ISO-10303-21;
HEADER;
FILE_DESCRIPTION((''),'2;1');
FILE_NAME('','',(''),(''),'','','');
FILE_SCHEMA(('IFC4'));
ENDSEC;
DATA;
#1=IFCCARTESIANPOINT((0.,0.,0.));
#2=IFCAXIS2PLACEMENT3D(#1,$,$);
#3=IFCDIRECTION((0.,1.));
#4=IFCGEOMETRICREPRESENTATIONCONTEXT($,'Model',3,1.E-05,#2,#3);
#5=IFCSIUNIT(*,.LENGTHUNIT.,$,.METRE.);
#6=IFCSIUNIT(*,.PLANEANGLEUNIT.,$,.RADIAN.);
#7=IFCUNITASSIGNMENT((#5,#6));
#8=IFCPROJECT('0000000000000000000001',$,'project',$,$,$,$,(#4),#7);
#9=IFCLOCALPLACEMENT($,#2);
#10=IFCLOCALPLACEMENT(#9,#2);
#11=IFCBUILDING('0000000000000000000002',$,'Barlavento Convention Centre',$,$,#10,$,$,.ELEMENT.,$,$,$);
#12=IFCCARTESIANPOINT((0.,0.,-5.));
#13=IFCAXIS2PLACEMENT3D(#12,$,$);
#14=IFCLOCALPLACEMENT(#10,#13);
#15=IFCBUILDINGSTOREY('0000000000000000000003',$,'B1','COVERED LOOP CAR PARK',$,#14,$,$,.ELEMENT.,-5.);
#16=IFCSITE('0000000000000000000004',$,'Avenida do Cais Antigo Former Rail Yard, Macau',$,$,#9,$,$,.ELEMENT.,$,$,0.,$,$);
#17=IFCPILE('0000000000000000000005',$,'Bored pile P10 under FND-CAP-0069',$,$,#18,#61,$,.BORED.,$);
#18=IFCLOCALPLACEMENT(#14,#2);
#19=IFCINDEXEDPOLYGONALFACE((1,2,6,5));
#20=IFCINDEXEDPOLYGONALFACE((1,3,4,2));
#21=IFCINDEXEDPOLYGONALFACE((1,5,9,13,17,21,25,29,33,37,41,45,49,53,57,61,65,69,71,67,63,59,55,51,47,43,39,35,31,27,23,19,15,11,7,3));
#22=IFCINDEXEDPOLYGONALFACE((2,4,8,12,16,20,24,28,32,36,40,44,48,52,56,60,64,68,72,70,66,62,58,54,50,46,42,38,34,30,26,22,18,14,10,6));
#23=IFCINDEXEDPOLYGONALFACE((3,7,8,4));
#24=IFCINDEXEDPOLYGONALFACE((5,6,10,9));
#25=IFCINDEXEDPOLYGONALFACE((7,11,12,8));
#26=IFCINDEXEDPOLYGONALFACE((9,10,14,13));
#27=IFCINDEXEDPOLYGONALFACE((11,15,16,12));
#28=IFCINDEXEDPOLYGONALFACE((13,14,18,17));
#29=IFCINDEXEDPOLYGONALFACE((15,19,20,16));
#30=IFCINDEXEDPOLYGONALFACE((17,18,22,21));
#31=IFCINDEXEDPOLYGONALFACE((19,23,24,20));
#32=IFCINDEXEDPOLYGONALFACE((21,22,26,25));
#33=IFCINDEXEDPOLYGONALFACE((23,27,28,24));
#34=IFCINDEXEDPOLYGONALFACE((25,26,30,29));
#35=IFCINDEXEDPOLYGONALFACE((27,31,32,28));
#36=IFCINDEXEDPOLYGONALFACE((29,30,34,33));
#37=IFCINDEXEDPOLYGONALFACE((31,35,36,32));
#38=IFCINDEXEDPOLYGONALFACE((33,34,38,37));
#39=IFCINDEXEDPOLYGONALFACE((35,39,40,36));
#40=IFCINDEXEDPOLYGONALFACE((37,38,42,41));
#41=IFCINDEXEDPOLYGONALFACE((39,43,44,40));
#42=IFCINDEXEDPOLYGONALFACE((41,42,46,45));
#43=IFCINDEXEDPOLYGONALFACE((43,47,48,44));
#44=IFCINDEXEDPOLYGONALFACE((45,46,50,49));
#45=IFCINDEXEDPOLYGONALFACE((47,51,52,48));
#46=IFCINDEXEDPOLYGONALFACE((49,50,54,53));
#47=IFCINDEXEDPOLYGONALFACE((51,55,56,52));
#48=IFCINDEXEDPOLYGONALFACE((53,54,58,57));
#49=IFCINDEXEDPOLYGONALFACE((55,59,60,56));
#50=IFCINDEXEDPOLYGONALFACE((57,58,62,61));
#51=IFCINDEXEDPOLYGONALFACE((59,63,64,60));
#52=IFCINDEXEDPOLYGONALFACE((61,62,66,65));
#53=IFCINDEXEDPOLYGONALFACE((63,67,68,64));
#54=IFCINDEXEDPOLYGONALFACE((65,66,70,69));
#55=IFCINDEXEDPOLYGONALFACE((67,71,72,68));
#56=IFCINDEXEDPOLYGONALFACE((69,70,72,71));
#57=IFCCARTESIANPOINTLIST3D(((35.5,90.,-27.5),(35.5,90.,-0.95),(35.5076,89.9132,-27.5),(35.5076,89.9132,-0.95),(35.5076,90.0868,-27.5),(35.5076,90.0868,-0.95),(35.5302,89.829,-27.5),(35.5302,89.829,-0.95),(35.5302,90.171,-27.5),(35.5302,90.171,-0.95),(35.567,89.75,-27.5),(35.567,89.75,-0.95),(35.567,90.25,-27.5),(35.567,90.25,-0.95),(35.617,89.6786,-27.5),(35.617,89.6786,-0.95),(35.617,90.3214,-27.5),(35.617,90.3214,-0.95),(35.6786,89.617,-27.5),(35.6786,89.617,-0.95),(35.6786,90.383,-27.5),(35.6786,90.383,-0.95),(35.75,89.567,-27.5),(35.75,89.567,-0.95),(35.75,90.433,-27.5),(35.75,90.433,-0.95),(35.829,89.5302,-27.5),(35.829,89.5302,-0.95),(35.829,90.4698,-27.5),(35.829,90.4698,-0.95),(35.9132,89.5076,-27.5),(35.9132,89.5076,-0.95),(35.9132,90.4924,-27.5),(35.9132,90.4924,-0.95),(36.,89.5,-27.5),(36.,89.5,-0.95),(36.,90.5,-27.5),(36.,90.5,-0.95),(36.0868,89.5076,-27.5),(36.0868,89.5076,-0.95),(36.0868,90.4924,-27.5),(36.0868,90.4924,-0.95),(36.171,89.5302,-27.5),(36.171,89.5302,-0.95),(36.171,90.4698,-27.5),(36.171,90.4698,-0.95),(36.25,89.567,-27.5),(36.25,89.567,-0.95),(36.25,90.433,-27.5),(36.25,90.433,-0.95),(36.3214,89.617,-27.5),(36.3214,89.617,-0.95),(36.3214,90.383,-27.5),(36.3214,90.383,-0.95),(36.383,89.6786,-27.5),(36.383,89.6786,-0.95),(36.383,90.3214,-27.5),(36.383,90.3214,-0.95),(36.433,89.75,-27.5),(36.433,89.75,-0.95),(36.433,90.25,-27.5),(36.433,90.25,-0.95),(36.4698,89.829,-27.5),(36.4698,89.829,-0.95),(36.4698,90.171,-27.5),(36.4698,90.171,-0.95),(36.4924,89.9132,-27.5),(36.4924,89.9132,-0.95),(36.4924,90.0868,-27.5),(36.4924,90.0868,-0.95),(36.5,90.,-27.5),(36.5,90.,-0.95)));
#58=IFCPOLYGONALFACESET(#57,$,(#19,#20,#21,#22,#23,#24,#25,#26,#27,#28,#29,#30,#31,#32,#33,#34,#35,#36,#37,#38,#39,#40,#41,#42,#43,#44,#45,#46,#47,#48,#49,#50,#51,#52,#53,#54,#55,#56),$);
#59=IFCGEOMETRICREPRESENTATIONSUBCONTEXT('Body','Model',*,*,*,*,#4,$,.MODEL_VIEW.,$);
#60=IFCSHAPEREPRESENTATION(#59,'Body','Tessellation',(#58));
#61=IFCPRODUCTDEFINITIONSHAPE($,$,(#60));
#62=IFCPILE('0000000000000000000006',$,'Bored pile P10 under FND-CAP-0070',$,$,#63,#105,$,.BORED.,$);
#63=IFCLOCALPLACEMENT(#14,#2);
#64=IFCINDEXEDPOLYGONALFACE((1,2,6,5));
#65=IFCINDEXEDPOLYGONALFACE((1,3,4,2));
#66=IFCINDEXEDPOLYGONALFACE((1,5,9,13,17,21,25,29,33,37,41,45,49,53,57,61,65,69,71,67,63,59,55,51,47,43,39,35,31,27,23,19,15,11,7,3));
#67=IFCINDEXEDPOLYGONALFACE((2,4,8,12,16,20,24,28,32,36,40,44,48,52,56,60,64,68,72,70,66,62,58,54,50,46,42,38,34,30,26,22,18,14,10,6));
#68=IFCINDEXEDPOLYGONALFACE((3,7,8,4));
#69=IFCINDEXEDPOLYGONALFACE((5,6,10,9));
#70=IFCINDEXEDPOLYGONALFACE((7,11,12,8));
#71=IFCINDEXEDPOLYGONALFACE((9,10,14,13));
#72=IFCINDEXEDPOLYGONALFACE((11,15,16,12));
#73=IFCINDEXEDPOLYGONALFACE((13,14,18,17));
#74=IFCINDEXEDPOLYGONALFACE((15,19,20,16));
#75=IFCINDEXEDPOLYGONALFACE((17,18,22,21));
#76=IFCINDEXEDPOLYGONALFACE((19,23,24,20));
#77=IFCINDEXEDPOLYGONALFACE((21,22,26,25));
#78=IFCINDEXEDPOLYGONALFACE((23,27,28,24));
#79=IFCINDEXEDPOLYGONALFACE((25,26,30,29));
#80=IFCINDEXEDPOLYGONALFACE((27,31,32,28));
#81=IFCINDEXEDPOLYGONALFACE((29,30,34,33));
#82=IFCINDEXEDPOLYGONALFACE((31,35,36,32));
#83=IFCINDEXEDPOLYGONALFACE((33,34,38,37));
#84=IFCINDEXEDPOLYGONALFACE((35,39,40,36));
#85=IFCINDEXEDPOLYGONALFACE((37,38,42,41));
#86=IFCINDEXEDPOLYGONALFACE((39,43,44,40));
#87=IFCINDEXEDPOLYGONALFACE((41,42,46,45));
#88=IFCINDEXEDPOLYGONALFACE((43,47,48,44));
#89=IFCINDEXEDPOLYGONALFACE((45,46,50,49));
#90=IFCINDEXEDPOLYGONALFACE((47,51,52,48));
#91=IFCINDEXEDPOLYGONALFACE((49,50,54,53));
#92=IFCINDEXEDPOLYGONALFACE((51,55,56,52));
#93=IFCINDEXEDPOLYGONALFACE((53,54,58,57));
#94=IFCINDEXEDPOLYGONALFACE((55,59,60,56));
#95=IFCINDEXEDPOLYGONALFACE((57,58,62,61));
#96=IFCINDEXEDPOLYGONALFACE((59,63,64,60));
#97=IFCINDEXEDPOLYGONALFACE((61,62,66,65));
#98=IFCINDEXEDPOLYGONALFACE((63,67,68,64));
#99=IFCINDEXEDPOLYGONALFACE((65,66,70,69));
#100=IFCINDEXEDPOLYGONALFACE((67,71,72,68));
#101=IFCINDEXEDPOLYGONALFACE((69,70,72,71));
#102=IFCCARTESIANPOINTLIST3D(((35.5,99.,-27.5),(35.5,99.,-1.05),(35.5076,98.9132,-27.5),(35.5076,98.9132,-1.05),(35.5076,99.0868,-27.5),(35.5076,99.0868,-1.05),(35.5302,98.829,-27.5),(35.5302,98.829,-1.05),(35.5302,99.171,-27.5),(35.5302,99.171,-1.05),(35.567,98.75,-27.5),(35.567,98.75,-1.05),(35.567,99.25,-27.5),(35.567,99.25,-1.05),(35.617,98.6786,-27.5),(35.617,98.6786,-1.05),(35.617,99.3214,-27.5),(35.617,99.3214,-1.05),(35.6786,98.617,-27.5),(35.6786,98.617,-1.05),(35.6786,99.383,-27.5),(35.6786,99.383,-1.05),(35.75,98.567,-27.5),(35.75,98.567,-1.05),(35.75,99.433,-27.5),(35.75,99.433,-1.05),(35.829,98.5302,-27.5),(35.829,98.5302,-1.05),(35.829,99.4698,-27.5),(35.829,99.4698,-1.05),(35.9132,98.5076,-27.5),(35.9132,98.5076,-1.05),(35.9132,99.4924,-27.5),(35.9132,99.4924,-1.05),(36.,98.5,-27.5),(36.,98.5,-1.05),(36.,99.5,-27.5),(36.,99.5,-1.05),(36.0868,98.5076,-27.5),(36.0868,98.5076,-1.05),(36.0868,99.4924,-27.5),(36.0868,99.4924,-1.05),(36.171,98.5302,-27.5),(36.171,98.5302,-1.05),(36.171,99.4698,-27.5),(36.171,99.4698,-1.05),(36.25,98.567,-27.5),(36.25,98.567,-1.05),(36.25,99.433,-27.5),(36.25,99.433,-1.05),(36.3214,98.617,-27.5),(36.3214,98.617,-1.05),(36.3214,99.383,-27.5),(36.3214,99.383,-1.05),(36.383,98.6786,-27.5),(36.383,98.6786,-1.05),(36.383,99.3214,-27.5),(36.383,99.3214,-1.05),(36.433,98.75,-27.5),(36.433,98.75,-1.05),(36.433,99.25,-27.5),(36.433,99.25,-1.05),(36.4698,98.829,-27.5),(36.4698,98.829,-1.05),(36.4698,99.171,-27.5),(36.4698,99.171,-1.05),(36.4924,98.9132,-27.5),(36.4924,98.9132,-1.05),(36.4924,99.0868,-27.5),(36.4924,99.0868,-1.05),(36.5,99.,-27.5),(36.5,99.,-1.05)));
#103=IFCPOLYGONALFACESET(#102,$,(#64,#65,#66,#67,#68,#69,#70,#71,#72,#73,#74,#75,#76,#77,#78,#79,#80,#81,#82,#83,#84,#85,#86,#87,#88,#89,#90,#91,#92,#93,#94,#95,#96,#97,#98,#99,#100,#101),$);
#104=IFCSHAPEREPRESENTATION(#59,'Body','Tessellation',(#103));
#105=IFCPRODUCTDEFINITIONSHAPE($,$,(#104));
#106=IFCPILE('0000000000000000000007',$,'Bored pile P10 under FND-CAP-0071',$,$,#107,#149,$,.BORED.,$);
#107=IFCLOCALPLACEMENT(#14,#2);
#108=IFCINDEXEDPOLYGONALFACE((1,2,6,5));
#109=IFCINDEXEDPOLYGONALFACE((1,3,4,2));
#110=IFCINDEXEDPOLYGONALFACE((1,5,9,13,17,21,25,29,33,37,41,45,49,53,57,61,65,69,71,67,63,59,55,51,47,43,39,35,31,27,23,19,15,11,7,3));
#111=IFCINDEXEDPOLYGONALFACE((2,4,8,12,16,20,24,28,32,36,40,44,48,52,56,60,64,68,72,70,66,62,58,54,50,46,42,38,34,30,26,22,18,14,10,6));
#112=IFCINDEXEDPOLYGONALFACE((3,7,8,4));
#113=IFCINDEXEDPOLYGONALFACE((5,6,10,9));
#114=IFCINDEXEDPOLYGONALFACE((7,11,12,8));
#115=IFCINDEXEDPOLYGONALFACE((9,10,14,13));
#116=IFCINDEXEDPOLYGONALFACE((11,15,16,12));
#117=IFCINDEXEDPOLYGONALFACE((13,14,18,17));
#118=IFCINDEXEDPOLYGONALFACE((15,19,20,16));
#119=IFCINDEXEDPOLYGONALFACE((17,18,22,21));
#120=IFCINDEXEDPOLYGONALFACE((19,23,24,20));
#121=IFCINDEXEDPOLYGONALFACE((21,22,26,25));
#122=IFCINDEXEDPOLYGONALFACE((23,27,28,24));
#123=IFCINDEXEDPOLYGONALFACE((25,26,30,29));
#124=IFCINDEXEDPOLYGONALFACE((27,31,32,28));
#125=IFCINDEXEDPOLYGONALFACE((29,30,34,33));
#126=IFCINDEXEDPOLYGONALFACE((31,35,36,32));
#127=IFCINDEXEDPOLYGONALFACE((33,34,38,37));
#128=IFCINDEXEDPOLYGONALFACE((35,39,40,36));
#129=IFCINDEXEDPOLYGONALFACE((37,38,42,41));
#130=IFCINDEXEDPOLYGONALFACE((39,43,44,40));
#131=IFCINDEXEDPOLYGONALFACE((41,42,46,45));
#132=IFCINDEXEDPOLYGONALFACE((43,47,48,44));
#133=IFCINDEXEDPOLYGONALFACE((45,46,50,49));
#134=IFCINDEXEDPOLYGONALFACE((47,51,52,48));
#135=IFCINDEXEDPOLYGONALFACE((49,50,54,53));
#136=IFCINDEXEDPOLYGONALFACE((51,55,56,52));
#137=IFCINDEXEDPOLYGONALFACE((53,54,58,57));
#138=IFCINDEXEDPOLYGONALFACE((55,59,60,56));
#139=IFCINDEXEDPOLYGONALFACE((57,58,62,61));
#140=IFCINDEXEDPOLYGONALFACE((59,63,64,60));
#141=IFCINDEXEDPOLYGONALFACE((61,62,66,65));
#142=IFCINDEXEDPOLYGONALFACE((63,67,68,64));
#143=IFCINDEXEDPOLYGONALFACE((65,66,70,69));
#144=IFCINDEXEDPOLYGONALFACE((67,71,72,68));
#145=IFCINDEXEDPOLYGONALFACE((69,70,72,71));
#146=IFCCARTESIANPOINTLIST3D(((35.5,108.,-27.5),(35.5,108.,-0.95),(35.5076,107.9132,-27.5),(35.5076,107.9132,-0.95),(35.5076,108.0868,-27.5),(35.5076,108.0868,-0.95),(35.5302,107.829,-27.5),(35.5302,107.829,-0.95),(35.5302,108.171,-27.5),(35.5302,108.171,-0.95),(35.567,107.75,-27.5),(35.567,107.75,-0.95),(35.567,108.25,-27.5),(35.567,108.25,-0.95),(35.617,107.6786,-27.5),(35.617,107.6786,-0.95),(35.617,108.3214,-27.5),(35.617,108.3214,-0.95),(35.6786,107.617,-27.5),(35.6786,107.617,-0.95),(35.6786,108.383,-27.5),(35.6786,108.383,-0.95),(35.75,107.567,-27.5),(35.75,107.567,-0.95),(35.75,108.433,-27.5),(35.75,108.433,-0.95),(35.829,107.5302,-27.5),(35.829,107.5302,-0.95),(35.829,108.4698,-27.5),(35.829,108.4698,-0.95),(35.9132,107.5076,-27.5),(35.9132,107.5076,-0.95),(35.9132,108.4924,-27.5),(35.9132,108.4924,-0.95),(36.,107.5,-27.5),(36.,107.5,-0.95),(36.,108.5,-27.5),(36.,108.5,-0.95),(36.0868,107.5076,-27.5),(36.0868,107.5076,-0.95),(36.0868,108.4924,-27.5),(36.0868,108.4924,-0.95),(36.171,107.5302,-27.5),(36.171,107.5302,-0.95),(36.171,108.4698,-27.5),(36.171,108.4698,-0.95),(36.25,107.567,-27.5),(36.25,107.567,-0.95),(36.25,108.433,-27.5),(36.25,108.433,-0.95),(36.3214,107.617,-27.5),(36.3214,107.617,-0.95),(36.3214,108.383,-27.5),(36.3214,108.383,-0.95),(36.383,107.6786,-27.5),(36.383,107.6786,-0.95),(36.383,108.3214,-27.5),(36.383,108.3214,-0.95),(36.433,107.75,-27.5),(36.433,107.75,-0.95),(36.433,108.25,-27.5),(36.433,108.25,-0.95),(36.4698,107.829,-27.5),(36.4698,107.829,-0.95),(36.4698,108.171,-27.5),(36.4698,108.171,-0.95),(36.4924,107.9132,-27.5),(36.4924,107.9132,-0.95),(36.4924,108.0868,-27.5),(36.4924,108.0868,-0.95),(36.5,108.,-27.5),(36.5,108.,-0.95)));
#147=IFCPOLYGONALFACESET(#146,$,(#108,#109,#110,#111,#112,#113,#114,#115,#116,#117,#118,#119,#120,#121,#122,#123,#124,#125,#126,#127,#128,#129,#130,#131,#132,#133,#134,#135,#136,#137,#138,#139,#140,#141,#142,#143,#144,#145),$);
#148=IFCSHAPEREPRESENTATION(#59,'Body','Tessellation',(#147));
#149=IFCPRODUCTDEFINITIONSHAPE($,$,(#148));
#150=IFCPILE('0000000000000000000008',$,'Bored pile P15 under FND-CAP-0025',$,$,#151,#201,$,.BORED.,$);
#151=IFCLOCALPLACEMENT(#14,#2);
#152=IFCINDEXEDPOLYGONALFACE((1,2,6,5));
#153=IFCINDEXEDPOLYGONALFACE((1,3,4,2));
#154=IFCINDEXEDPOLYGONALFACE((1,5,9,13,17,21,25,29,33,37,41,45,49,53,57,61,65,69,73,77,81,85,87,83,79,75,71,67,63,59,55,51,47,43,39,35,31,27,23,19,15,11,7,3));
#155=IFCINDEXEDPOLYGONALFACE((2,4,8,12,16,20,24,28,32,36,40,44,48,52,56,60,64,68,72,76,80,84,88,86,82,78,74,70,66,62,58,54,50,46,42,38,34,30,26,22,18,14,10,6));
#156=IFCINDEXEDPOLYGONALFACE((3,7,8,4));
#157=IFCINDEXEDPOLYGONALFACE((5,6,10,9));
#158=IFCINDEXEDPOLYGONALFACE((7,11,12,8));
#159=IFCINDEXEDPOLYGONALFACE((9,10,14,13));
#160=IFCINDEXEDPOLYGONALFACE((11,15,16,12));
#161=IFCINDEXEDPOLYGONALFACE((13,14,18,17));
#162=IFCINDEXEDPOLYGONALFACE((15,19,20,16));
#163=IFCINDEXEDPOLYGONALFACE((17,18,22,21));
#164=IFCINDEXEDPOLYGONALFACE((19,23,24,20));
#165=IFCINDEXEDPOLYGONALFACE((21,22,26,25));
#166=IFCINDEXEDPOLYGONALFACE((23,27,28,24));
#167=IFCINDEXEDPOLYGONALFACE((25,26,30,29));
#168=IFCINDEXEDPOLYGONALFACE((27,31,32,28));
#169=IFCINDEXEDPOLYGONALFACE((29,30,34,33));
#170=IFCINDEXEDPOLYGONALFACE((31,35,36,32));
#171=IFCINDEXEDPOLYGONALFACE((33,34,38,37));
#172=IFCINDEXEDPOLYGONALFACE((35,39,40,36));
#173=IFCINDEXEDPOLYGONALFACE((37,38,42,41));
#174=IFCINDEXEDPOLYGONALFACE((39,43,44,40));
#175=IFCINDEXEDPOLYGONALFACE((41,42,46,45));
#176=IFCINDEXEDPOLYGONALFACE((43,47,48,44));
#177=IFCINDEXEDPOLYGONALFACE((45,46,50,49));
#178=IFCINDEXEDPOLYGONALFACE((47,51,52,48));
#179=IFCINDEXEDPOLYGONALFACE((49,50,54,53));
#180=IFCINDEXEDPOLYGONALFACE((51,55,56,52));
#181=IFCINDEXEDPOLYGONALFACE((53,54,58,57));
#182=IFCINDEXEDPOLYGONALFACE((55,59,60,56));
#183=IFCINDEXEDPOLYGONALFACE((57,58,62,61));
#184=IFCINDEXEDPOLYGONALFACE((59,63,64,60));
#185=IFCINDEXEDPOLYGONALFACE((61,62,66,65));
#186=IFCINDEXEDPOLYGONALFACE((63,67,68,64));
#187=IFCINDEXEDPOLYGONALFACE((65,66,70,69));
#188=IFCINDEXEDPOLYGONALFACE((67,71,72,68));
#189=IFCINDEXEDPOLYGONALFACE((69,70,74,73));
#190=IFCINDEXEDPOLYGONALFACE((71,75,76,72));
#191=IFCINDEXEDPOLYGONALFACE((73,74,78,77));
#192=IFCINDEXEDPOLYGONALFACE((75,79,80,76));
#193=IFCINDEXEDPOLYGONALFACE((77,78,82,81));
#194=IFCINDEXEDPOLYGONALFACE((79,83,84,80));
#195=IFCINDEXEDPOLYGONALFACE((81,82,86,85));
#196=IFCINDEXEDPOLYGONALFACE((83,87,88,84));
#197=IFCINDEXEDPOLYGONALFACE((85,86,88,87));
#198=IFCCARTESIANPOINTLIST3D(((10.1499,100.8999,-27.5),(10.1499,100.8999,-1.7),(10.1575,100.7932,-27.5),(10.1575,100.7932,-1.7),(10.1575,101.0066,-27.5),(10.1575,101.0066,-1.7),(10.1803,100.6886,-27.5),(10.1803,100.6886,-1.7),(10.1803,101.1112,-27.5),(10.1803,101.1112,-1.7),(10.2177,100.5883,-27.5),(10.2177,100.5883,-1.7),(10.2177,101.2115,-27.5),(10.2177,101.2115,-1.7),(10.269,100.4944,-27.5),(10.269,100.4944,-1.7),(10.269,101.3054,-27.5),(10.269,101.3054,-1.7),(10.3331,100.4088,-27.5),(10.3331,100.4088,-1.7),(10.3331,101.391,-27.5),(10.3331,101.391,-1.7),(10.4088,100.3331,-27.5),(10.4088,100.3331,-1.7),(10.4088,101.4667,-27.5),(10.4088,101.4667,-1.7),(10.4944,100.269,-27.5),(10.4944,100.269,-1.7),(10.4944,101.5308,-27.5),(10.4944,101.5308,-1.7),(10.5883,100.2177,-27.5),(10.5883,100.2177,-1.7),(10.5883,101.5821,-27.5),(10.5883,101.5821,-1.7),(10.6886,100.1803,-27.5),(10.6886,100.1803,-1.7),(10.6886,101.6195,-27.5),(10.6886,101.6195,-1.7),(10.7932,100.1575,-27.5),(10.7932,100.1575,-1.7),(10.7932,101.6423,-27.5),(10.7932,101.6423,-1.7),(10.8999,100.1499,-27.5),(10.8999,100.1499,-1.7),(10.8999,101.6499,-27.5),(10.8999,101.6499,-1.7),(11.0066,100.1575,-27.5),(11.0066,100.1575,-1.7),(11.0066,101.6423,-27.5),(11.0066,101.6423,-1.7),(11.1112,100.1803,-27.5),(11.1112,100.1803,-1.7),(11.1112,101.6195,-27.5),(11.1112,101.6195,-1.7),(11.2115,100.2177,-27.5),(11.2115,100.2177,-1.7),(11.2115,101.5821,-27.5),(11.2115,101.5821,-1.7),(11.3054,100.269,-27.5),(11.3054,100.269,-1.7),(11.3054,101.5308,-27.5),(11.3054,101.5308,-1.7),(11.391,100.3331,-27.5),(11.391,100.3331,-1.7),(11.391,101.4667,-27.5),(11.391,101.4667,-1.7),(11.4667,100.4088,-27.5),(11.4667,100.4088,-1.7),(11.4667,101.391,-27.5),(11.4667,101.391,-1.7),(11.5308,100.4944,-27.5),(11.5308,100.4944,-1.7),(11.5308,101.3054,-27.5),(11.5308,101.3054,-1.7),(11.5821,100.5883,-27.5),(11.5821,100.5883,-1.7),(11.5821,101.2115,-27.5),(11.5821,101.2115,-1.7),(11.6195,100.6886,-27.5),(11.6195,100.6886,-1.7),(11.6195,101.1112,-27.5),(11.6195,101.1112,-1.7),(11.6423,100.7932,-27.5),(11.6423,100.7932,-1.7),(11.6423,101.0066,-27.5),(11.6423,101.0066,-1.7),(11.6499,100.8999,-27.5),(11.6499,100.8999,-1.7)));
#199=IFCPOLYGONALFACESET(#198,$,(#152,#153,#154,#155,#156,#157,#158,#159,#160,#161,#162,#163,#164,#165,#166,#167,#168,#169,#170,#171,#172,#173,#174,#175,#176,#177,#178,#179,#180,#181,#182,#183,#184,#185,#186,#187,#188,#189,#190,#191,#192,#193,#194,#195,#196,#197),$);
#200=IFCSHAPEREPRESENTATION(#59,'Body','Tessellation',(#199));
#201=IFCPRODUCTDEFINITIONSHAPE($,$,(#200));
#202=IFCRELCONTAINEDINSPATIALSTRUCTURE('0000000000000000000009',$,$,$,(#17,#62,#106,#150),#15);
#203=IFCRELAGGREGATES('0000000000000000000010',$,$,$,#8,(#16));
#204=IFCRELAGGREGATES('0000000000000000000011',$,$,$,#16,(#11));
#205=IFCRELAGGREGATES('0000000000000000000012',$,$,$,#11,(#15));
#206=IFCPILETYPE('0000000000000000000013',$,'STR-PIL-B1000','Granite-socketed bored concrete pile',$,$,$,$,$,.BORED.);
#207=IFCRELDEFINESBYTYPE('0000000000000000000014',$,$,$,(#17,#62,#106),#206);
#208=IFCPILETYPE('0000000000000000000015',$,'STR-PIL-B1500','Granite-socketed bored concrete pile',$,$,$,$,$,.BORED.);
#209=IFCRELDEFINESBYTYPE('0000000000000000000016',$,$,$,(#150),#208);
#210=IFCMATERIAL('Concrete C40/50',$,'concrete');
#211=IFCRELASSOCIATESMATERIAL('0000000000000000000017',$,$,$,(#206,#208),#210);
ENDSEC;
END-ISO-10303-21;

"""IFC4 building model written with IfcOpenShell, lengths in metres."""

from ifc_helpers import new_model, si_unit, direction, frame, origin, origin_2d, place, context, subcontext, project, spatial, circle, extrude, material, material_profile, profile_set, type_object, element, save


model = new_model("IFC4")

# Units and contexts
model_context = context("Model", 3, precision=1e-05, world=origin(), true_north=direction((0.0, 1.0)))
body_context = subcontext(model_context, "Body", "Model", "MODEL_VIEW")
ifc_project = project(units=[si_unit("LENGTHUNIT", "METRE"), si_unit("PLANEANGLEUNIT", "RADIAN")], contexts=[model_context])

# Site, building, storey
site_placement = place(None, origin())
site = spatial("IfcSite", under=ifc_project, at=site_placement, Name="Avenida do Cais Antigo Former Rail Yard, Macau", CompositionType="ELEMENT", RefElevation=0.0)
building_placement = place(site_placement, origin())
building = spatial("IfcBuilding", under=site, at=building_placement, Name="Barlavento Convention Centre", CompositionType="ELEMENT")
storey_placement = place(building_placement, frame((0.0, 0.0, -5.0)))
storey = spatial("IfcBuildingStorey", under=building, at=storey_placement, Name="B1", Description="COVERED LOOP CAR PARK", CompositionType="ELEMENT", Elevation=-5.0)

# Shared definitions
ifc_material_1 = material(Name="Concrete C40/50", Category="concrete")

# Piles
ifc_material_profile_1 = material_profile(ifc_material_1, circle(Radius=0.5, at=origin_2d()), Name="BORED PILE 1000")
ifc_profile_set_1 = profile_set([ifc_material_profile_1], Name="Concrete C40/50")
pile_type_1 = type_object("IfcPileType", Name="STR-PIL-B1000", Description="Granite-socketed bored concrete pile", PredefinedType="BORED", material=ifc_profile_set_1)
pile_1_placement = place(storey_placement, frame((36.0, 90.0, -0.95), z_axis=(0.0, 0.0, -1.0), x_axis=(1.0, 0.0, 0.0)))
element("IfcPile", 1, at=pile_1_placement, inside=storey, type_object=pile_type_1, Name="Bored pile P10 under FND-CAP-0069", PredefinedType="BORED", context=body_context, shape_type="SweptSolid", body=[
    extrude(circle(Radius=0.5, at=origin_2d()), origin(), (0.0, 0.0, 1.0), 26.55),
])
pile_2_placement = place(storey_placement, frame((36.0, 99.0, -1.05), z_axis=(0.0, 0.0, -1.0), x_axis=(1.0, 0.0, 0.0)))
element("IfcPile", 2, at=pile_2_placement, inside=storey, type_object=pile_type_1, Name="Bored pile P10 under FND-CAP-0070", PredefinedType="BORED", context=body_context, shape_type="SweptSolid", body=[
    extrude(circle(Radius=0.5, at=origin_2d()), origin(), (0.0, 0.0, 1.0), 26.45),
])
pile_3_placement = place(storey_placement, frame((36.0, 108.0, -0.95), z_axis=(0.0, 0.0, -1.0), x_axis=(1.0, 0.0, 0.0)))
element("IfcPile", 3, at=pile_3_placement, inside=storey, type_object=pile_type_1, Name="Bored pile P10 under FND-CAP-0071", PredefinedType="BORED", context=body_context, shape_type="SweptSolid", body=[
    extrude(circle(Radius=0.5, at=origin_2d()), origin(), (0.0, 0.0, 1.0), 26.55),
])
ifc_material_profile_2 = material_profile(ifc_material_1, circle(Radius=0.75, at=origin_2d()), Name="BORED PILE 1500")
ifc_profile_set_2 = profile_set([ifc_material_profile_2], Name="Concrete C40/50")
pile_type_2 = type_object("IfcPileType", Name="STR-PIL-B1500", Description="Granite-socketed bored concrete pile", PredefinedType="BORED", material=ifc_profile_set_2)
pile_4_placement = place(storey_placement, frame((10.8999, 100.8999, -1.7), z_axis=(0.0, 0.0, -1.0), x_axis=(1.0, 0.0, 0.0)))
element("IfcPile", 4, at=pile_4_placement, inside=storey, type_object=pile_type_2, Name="Bored pile P15 under FND-CAP-0025", PredefinedType="BORED", context=body_context, shape_type="SweptSolid", body=[
    extrude(circle(Radius=0.75, at=origin_2d()), origin(), (0.0, 0.0, 1.0), 25.8),
])

save(model, "model.ifc")
